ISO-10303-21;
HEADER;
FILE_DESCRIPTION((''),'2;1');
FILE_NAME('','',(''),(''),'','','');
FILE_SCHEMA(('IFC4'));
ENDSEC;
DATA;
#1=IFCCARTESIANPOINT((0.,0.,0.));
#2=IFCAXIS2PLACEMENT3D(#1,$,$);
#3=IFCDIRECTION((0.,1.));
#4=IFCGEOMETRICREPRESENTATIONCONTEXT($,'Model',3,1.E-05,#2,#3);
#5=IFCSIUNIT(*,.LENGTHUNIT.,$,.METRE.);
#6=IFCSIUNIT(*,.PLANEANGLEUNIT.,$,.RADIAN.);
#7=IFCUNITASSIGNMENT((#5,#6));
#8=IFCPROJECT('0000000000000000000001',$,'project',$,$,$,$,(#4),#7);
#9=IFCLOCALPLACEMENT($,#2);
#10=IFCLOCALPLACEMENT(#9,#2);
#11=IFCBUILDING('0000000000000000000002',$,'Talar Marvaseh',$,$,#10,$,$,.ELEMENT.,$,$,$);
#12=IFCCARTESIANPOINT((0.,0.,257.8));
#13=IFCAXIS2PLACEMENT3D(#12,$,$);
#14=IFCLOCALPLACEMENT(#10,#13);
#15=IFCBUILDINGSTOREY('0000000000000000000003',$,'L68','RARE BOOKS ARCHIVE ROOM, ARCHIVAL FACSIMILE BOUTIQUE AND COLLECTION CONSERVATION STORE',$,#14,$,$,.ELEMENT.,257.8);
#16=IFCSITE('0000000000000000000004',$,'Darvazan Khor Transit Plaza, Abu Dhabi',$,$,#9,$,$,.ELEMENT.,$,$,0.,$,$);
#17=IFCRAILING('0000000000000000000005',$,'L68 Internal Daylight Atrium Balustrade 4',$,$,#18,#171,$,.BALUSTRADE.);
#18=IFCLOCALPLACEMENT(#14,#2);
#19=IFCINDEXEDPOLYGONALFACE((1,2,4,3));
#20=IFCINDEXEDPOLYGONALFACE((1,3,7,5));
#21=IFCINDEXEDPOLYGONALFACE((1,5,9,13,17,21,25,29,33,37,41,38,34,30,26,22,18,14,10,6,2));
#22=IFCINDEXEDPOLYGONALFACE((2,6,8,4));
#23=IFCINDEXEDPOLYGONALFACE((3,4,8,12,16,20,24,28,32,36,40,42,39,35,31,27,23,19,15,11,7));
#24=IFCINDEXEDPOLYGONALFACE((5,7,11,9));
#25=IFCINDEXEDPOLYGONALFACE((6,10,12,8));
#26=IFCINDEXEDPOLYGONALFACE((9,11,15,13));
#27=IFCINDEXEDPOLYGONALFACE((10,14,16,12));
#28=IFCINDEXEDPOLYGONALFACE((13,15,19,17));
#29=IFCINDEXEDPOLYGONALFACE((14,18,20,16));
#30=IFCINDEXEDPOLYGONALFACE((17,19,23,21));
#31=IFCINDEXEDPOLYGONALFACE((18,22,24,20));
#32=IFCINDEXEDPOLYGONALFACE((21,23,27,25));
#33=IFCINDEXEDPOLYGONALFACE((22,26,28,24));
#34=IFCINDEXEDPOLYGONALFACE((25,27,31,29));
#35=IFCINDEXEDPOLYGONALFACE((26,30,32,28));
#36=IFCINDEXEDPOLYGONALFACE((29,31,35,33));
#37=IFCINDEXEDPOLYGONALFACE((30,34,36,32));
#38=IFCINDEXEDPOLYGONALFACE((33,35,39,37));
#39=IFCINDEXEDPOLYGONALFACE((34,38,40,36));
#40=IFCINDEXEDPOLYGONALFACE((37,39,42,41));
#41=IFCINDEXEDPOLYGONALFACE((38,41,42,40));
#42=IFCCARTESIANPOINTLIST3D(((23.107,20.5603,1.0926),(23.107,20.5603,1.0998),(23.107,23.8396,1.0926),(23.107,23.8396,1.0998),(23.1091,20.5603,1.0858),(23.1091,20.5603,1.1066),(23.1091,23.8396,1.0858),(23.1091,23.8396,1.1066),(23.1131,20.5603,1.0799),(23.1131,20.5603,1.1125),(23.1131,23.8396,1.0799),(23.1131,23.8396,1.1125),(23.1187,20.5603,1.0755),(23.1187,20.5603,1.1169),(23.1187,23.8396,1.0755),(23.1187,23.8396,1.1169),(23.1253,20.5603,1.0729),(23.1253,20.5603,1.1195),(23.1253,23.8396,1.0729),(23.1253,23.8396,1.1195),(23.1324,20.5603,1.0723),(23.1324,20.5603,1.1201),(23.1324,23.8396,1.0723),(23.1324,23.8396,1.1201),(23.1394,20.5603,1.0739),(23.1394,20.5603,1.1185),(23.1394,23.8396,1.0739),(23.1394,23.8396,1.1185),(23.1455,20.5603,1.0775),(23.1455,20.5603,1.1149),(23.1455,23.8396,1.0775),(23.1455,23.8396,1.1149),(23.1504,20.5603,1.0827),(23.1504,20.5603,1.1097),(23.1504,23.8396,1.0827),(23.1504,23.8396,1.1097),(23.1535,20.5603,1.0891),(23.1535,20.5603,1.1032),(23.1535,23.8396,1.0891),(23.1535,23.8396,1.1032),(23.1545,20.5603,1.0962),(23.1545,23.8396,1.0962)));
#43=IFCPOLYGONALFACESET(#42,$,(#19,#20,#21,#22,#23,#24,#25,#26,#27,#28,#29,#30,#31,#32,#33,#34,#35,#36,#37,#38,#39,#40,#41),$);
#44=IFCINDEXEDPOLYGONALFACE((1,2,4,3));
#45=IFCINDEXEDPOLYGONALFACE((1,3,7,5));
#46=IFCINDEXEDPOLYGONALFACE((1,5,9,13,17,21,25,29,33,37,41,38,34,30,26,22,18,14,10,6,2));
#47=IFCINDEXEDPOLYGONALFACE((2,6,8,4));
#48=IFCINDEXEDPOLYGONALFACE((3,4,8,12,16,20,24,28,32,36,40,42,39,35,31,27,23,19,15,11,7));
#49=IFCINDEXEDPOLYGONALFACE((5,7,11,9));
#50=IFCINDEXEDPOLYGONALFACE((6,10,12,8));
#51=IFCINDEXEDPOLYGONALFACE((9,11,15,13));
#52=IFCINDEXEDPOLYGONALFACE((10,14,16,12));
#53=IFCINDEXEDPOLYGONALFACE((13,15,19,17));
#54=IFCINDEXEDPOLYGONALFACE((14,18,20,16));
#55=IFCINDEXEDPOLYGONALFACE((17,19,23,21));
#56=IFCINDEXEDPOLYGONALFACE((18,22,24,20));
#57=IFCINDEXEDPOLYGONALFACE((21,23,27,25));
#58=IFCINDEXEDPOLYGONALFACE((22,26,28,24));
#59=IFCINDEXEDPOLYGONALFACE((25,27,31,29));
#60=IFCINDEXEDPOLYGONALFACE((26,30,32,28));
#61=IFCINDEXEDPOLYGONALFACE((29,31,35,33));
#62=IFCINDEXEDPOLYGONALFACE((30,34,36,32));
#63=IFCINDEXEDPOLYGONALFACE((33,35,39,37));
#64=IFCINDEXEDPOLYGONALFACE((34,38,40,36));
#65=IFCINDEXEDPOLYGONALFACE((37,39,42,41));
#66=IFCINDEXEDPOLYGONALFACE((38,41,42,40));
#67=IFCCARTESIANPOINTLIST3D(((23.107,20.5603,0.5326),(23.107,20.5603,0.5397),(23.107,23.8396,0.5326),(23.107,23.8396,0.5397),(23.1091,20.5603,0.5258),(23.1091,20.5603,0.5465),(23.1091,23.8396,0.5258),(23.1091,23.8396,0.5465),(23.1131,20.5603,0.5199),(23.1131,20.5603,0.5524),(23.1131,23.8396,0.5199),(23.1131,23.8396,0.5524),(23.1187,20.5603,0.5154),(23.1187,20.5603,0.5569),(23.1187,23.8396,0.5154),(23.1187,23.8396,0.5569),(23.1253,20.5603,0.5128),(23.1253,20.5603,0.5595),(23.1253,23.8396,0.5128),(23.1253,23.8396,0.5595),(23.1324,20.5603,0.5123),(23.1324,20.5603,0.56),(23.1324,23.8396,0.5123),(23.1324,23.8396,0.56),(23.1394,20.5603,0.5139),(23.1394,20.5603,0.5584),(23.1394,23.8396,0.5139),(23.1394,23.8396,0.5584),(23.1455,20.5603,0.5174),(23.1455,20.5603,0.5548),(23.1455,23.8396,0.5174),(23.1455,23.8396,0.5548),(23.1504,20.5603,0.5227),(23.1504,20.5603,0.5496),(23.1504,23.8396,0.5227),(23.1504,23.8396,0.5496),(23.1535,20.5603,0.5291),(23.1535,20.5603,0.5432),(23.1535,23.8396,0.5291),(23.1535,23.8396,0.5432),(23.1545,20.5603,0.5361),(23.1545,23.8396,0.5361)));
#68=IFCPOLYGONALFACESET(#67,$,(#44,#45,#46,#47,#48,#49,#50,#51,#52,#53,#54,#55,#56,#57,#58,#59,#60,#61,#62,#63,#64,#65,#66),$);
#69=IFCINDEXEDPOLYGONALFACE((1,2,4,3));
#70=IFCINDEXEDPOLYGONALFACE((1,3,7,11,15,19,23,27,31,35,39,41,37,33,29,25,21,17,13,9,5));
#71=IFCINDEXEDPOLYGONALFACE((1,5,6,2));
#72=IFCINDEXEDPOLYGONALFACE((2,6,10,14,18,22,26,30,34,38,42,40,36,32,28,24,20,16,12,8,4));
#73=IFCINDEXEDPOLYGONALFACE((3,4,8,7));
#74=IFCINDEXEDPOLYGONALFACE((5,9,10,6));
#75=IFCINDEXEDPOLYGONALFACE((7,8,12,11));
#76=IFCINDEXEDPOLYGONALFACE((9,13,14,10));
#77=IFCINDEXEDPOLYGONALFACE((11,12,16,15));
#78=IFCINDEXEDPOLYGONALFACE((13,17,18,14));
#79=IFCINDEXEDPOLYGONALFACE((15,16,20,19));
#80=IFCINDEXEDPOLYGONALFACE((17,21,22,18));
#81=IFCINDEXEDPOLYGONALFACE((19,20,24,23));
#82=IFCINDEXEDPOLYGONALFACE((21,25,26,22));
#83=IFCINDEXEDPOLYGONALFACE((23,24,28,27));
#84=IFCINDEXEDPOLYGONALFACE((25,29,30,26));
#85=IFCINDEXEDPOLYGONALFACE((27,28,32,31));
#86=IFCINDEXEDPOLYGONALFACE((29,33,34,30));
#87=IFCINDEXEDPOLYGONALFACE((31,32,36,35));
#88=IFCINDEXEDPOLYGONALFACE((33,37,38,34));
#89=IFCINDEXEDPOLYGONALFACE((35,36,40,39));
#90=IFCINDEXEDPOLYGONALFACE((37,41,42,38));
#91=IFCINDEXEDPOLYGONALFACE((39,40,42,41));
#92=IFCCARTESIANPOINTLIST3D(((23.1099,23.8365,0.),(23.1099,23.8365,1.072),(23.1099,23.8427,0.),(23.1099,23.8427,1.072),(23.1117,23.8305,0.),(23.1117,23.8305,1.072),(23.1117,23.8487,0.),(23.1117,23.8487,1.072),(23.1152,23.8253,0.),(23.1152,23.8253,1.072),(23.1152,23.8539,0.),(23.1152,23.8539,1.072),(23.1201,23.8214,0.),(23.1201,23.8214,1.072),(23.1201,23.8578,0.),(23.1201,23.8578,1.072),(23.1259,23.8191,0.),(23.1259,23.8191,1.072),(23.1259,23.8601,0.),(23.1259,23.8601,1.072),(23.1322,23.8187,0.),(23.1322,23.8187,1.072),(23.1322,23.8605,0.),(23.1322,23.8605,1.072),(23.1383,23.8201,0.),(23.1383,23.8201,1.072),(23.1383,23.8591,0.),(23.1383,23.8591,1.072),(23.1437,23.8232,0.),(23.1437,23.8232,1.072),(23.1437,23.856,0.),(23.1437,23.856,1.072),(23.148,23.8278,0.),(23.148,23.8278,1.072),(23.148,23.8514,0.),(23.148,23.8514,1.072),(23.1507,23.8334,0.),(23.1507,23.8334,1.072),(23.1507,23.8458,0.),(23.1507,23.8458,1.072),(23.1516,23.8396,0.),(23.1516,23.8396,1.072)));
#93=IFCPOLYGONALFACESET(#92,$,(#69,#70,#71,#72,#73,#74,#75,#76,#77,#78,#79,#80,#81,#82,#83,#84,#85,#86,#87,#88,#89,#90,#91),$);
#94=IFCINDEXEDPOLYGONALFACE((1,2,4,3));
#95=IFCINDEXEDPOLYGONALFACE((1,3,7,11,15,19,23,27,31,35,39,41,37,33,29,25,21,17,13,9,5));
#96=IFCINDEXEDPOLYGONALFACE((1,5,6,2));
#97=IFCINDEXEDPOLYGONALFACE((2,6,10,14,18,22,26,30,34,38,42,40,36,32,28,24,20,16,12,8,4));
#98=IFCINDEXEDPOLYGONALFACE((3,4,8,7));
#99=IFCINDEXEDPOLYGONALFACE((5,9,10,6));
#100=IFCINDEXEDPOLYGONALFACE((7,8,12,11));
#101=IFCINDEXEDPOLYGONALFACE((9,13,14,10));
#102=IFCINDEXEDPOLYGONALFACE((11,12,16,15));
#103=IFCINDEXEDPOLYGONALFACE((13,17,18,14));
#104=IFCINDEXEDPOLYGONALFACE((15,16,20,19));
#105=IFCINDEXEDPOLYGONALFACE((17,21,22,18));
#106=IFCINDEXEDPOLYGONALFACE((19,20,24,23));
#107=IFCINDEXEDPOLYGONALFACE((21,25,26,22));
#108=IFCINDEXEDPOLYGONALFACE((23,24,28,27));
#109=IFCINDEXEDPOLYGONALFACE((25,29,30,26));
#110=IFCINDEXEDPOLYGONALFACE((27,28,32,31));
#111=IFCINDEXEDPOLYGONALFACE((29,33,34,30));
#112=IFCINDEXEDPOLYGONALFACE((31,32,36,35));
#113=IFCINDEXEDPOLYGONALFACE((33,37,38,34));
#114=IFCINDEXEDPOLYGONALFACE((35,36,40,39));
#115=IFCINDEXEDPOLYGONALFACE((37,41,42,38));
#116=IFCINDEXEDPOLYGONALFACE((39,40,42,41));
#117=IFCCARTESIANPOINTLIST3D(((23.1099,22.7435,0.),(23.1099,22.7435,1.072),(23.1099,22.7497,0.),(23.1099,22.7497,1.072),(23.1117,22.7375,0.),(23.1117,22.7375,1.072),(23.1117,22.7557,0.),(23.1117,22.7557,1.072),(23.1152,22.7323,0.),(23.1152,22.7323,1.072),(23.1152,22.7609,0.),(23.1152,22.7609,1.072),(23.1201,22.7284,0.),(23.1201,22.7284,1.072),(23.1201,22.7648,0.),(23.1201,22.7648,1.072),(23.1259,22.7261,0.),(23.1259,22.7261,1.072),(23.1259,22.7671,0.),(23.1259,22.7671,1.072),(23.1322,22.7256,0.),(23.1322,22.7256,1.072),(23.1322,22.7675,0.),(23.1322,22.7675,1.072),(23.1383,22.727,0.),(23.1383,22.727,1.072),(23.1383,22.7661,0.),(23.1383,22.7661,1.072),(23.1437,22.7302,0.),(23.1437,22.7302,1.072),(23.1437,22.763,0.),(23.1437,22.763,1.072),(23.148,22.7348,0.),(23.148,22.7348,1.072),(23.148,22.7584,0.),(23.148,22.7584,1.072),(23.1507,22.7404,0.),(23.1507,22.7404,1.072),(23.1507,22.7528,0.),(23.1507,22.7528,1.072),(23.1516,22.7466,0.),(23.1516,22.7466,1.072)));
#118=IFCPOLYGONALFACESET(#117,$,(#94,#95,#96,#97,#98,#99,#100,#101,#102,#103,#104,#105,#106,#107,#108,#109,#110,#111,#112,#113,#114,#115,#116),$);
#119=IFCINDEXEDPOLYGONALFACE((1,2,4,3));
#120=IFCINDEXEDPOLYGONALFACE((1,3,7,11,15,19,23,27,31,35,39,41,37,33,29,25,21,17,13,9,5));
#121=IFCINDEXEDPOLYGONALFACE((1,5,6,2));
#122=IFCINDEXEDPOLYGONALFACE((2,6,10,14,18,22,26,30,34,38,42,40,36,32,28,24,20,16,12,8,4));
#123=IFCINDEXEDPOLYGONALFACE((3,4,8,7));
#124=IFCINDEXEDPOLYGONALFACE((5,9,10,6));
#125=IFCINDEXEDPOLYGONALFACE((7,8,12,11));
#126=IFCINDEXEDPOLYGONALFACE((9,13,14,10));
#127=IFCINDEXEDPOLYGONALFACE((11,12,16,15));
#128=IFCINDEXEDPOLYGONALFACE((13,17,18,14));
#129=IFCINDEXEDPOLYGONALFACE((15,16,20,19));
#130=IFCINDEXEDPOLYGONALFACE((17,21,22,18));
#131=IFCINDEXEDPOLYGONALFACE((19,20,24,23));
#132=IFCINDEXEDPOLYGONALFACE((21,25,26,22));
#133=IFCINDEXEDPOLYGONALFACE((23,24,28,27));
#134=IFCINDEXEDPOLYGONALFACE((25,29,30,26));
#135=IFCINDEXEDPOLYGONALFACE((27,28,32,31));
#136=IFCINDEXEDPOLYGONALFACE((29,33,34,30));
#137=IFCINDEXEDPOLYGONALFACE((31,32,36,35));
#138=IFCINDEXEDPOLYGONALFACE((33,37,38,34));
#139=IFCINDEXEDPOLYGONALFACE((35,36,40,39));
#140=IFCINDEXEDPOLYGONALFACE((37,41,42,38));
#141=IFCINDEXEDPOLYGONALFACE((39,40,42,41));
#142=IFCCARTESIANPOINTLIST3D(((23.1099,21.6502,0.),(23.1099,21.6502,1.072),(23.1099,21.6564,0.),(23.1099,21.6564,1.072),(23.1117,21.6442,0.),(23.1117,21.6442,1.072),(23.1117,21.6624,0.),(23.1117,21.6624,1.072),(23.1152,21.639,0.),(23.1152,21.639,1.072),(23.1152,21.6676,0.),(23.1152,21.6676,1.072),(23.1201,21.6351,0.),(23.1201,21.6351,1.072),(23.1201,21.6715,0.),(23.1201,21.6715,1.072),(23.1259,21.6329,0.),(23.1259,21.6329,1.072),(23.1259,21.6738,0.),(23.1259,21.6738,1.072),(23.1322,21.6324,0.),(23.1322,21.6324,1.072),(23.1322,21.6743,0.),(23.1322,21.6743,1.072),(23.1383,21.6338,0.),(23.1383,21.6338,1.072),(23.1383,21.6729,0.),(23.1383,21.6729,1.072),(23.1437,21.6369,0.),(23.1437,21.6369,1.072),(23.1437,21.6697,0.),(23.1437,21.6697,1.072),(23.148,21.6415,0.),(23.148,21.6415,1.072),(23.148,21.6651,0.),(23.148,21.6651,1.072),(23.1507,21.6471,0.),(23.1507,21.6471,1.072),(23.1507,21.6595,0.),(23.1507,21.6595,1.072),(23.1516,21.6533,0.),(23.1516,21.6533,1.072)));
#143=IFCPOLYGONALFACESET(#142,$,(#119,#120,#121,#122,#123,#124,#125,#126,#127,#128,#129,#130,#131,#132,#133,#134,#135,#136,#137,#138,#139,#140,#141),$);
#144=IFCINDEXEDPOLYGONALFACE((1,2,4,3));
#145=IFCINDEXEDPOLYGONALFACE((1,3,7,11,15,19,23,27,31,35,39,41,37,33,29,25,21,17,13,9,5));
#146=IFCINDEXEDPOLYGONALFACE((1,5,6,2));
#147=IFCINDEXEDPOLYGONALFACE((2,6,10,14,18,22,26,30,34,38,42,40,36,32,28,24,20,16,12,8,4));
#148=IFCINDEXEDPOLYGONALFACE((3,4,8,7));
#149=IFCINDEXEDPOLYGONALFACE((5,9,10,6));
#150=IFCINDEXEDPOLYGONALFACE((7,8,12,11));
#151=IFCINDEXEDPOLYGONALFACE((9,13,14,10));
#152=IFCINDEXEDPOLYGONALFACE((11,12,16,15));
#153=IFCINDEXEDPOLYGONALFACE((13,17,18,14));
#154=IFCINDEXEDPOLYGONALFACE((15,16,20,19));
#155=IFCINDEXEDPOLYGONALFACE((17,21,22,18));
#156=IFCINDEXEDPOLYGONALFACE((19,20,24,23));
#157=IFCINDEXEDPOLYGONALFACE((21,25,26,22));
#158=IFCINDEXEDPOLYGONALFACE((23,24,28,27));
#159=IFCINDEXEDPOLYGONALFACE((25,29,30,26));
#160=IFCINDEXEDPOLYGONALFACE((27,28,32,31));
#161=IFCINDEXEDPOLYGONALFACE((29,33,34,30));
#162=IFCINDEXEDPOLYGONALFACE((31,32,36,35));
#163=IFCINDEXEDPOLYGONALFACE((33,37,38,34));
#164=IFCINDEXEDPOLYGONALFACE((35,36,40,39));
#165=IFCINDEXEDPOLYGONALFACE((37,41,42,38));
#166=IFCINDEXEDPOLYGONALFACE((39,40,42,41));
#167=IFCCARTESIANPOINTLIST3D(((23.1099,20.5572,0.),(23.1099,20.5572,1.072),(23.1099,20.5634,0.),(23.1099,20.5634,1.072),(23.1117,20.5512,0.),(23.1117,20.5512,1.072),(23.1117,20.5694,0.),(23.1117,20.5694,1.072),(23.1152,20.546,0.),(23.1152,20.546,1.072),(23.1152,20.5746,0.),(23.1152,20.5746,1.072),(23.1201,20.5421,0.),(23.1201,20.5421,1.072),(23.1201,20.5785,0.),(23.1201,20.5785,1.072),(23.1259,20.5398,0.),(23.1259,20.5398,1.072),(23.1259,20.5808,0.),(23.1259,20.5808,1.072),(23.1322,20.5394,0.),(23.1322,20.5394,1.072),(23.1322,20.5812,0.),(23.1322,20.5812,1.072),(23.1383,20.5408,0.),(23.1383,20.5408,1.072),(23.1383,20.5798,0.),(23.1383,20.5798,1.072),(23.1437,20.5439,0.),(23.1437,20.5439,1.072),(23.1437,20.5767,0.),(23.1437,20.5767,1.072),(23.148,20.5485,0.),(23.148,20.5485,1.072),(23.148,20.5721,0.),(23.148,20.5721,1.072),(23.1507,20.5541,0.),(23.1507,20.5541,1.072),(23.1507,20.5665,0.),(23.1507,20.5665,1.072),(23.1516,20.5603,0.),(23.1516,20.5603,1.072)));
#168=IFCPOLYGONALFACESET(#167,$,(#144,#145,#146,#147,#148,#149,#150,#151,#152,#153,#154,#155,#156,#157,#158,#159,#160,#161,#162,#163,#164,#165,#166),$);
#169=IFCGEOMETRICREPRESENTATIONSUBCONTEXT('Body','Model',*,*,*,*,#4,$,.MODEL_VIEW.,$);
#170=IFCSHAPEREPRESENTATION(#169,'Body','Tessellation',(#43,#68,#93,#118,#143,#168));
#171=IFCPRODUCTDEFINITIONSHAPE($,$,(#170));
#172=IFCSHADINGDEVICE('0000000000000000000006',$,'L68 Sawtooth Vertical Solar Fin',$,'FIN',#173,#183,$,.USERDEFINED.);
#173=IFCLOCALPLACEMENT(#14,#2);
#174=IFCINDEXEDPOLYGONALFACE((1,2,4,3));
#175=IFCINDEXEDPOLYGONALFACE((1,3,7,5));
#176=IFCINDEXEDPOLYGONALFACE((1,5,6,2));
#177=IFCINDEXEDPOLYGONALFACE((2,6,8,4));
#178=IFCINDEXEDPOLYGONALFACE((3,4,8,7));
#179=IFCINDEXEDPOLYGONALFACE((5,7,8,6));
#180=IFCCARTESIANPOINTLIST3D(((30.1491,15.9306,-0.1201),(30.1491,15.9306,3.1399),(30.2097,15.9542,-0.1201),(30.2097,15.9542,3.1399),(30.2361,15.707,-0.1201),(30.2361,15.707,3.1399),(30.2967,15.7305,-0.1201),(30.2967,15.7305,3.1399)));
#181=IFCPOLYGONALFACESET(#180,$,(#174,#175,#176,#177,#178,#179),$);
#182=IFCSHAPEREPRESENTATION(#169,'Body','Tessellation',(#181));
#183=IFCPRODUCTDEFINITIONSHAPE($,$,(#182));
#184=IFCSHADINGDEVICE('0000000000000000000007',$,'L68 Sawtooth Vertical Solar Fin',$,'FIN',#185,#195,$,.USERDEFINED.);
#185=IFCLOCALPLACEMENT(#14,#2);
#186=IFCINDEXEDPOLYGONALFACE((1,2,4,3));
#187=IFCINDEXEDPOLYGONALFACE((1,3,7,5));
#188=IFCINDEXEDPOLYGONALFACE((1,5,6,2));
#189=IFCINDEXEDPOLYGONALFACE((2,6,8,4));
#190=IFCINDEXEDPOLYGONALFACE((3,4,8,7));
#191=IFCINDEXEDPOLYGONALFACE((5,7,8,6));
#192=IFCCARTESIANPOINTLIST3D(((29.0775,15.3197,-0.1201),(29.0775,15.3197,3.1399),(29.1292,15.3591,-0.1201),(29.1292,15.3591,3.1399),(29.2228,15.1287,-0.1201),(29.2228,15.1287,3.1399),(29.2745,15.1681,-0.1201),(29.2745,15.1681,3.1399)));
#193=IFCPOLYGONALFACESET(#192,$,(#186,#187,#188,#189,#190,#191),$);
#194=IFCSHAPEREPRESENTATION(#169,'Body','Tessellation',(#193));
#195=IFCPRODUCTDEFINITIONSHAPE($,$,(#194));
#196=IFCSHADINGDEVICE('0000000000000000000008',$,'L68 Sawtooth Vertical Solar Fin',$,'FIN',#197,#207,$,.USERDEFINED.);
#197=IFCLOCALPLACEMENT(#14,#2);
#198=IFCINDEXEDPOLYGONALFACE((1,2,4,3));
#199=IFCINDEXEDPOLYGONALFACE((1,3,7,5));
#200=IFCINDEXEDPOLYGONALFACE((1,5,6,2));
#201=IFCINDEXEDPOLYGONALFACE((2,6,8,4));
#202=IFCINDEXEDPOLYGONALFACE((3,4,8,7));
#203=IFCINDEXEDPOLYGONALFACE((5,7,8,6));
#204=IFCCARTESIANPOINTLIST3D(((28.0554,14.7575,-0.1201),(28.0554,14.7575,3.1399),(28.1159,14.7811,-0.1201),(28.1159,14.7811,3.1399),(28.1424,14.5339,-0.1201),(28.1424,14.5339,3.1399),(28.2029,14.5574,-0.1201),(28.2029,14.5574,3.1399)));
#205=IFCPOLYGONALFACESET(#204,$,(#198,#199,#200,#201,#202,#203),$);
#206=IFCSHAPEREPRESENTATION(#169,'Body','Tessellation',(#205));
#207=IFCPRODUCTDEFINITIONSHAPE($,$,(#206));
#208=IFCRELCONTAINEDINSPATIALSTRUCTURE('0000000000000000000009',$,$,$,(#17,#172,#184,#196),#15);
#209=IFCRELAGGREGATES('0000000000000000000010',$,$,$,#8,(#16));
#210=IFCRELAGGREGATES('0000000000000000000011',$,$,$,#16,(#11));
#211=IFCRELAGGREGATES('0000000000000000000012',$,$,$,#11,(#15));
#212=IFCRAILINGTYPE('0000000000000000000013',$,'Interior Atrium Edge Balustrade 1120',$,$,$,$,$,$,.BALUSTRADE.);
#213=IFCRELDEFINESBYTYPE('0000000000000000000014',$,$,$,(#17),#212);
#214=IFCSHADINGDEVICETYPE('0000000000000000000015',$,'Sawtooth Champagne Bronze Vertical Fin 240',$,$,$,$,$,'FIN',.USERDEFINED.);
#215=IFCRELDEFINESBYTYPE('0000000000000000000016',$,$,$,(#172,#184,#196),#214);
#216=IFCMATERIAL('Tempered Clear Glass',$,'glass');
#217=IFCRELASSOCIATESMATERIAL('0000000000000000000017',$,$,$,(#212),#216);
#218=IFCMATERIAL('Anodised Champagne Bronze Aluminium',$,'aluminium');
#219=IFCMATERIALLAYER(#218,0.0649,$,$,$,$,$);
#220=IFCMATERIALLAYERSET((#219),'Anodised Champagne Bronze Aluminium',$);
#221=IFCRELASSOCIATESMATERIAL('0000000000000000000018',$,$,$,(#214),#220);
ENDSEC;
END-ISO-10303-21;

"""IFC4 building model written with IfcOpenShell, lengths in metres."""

from ifc_helpers import new_model, si_unit, direction, frame, origin, origin_2d, place, context, subcontext, project, spatial, rectangle, circle, extrude, source, transform, mapped, material, layer, layer_set, type_object, type_shapes, element, save


model = new_model("IFC4")

# Units and contexts
model_context = context("Model", 3, precision=1e-05, world=origin(), true_north=direction((0.0, 1.0)))
body_context = subcontext(model_context, "Body", "Model", "MODEL_VIEW")
ifc_project = project(units=[si_unit("LENGTHUNIT", "METRE"), si_unit("PLANEANGLEUNIT", "RADIAN")], contexts=[model_context])

# Site, building, storey
site_placement = place(None, origin())
site = spatial("IfcSite", under=ifc_project, at=site_placement, Name="Darvazan Khor Transit Plaza, Abu Dhabi", CompositionType="ELEMENT", RefElevation=0.0)
building_placement = place(site_placement, origin())
building = spatial("IfcBuilding", under=site, at=building_placement, Name="Talar Marvaseh", CompositionType="ELEMENT")
storey_placement = place(building_placement, frame((0.0, 0.0, 257.8)))
storey = spatial("IfcBuildingStorey", under=building, at=storey_placement, Name="L68", Description="RARE BOOKS ARCHIVE ROOM, ARCHIVAL FACSIMILE BOUTIQUE AND COLLECTION CONSERVATION STORE", CompositionType="ELEMENT", Elevation=257.8)

# Railing
ifc_material_1 = material(Name="Tempered Clear Glass", Category="glass")
railing_type = type_object("IfcRailingType", Name="Interior Atrium Edge Balustrade 1120", PredefinedType="BALUSTRADE", material=ifc_material_1)
railing_1_placement = place(storey_placement, frame((23.1306, 23.8396, 0.0)))
element("IfcRailing", 1, at=railing_1_placement, inside=storey, type_object=railing_type, Name="L68 Internal Daylight Atrium Balustrade 4", PredefinedType="BALUSTRADE", context=body_context, shape_type="SweptSolid", body=[
    extrude(circle(Radius=0.0239, at=origin_2d()), frame((0.0, 0.0, 1.0962), z_axis=(0.0, -1.0, 0.0), x_axis=(1.0, 0.0, 0.0)), (0.0, 0.0, 1.0), 3.2793),
    extrude(circle(Radius=0.0239, at=origin_2d()), frame((0.0, 0.0, 0.5361), z_axis=(0.0, -1.0, 0.0), x_axis=(1.0, 0.0, 0.0)), (0.0, 0.0, 1.0), 3.2793),
    extrude(circle(Radius=0.021, at=origin_2d()), origin(), (0.0, 0.0, 1.0), 1.072),
    extrude(circle(Radius=0.021, at=origin_2d()), frame((0.0, -1.093, 0.0)), (0.0, 0.0, 1.0), 1.072),
    extrude(circle(Radius=0.021, at=origin_2d()), frame((0.0, -2.1863, 0.0)), (0.0, 0.0, 1.0), 1.072),
    extrude(circle(Radius=0.021, at=origin_2d()), frame((0.0, -3.2793, 0.0)), (0.0, 0.0, 1.0), 1.072),
])

# Shading devices
ifc_material_2 = material(Name="Anodised Champagne Bronze Aluminium", Category="aluminium")
ifc_layer_1 = layer(ifc_material_2, 0.0649)
ifc_layer_set_1 = layer_set([ifc_layer_1], Name="Anodised Champagne Bronze Aluminium")
shading_device_type = type_object("IfcShadingDeviceType", Name="Sawtooth Champagne Bronze Vertical Fin 240", ElementType="FIN", PredefinedType="USERDEFINED", material=ifc_layer_set_1)
shared_shape_1 = source(origin(), body_context, "Body", "SweptSolid", [
    extrude(rectangle(XDim=0.24, YDim=0.0649, at=origin_2d()), origin(), (0.0, 0.0, 1.0), 3.26),
])
type_shapes(shading_device_type, [shared_shape_1])
for number, where, z_axis, x_axis, name in (
    (2, (30.2229, 15.8306, -0.1201), (0.0, 0.0, 1.0), (0.362601, -0.931945, 0.0), "L68 Sawtooth Vertical Solar Fin"),
    (3, (29.176, 15.2439, -0.1201), (0.0, 0.0, 1.0), (0.605433, -0.795896, 0.0), "L68 Sawtooth Vertical Solar Fin"),
    (4, (28.1292, 14.6575, -0.1201), (0.0, 0.0, 1.0), (0.362601, -0.931945, 0.0), "L68 Sawtooth Vertical Solar Fin"),
):
    element("IfcShadingDevice", number, at=place(storey_placement, frame(where, z_axis=z_axis, x_axis=x_axis)), inside=storey, type_object=shading_device_type, Name=name, ObjectType="FIN", PredefinedType="USERDEFINED", context=body_context, shape_type="MappedRepresentation", body=[
        mapped(shared_shape_1, transform((0.0, 0.0, 0.0), x_axis=(1.0, 0.0, 0.0), y_axis=(0.0, 1.0, 0.0), z_axis=(0.0, 0.0, 1.0), scale=1.0)),
    ])

save(model, "model.ifc")
